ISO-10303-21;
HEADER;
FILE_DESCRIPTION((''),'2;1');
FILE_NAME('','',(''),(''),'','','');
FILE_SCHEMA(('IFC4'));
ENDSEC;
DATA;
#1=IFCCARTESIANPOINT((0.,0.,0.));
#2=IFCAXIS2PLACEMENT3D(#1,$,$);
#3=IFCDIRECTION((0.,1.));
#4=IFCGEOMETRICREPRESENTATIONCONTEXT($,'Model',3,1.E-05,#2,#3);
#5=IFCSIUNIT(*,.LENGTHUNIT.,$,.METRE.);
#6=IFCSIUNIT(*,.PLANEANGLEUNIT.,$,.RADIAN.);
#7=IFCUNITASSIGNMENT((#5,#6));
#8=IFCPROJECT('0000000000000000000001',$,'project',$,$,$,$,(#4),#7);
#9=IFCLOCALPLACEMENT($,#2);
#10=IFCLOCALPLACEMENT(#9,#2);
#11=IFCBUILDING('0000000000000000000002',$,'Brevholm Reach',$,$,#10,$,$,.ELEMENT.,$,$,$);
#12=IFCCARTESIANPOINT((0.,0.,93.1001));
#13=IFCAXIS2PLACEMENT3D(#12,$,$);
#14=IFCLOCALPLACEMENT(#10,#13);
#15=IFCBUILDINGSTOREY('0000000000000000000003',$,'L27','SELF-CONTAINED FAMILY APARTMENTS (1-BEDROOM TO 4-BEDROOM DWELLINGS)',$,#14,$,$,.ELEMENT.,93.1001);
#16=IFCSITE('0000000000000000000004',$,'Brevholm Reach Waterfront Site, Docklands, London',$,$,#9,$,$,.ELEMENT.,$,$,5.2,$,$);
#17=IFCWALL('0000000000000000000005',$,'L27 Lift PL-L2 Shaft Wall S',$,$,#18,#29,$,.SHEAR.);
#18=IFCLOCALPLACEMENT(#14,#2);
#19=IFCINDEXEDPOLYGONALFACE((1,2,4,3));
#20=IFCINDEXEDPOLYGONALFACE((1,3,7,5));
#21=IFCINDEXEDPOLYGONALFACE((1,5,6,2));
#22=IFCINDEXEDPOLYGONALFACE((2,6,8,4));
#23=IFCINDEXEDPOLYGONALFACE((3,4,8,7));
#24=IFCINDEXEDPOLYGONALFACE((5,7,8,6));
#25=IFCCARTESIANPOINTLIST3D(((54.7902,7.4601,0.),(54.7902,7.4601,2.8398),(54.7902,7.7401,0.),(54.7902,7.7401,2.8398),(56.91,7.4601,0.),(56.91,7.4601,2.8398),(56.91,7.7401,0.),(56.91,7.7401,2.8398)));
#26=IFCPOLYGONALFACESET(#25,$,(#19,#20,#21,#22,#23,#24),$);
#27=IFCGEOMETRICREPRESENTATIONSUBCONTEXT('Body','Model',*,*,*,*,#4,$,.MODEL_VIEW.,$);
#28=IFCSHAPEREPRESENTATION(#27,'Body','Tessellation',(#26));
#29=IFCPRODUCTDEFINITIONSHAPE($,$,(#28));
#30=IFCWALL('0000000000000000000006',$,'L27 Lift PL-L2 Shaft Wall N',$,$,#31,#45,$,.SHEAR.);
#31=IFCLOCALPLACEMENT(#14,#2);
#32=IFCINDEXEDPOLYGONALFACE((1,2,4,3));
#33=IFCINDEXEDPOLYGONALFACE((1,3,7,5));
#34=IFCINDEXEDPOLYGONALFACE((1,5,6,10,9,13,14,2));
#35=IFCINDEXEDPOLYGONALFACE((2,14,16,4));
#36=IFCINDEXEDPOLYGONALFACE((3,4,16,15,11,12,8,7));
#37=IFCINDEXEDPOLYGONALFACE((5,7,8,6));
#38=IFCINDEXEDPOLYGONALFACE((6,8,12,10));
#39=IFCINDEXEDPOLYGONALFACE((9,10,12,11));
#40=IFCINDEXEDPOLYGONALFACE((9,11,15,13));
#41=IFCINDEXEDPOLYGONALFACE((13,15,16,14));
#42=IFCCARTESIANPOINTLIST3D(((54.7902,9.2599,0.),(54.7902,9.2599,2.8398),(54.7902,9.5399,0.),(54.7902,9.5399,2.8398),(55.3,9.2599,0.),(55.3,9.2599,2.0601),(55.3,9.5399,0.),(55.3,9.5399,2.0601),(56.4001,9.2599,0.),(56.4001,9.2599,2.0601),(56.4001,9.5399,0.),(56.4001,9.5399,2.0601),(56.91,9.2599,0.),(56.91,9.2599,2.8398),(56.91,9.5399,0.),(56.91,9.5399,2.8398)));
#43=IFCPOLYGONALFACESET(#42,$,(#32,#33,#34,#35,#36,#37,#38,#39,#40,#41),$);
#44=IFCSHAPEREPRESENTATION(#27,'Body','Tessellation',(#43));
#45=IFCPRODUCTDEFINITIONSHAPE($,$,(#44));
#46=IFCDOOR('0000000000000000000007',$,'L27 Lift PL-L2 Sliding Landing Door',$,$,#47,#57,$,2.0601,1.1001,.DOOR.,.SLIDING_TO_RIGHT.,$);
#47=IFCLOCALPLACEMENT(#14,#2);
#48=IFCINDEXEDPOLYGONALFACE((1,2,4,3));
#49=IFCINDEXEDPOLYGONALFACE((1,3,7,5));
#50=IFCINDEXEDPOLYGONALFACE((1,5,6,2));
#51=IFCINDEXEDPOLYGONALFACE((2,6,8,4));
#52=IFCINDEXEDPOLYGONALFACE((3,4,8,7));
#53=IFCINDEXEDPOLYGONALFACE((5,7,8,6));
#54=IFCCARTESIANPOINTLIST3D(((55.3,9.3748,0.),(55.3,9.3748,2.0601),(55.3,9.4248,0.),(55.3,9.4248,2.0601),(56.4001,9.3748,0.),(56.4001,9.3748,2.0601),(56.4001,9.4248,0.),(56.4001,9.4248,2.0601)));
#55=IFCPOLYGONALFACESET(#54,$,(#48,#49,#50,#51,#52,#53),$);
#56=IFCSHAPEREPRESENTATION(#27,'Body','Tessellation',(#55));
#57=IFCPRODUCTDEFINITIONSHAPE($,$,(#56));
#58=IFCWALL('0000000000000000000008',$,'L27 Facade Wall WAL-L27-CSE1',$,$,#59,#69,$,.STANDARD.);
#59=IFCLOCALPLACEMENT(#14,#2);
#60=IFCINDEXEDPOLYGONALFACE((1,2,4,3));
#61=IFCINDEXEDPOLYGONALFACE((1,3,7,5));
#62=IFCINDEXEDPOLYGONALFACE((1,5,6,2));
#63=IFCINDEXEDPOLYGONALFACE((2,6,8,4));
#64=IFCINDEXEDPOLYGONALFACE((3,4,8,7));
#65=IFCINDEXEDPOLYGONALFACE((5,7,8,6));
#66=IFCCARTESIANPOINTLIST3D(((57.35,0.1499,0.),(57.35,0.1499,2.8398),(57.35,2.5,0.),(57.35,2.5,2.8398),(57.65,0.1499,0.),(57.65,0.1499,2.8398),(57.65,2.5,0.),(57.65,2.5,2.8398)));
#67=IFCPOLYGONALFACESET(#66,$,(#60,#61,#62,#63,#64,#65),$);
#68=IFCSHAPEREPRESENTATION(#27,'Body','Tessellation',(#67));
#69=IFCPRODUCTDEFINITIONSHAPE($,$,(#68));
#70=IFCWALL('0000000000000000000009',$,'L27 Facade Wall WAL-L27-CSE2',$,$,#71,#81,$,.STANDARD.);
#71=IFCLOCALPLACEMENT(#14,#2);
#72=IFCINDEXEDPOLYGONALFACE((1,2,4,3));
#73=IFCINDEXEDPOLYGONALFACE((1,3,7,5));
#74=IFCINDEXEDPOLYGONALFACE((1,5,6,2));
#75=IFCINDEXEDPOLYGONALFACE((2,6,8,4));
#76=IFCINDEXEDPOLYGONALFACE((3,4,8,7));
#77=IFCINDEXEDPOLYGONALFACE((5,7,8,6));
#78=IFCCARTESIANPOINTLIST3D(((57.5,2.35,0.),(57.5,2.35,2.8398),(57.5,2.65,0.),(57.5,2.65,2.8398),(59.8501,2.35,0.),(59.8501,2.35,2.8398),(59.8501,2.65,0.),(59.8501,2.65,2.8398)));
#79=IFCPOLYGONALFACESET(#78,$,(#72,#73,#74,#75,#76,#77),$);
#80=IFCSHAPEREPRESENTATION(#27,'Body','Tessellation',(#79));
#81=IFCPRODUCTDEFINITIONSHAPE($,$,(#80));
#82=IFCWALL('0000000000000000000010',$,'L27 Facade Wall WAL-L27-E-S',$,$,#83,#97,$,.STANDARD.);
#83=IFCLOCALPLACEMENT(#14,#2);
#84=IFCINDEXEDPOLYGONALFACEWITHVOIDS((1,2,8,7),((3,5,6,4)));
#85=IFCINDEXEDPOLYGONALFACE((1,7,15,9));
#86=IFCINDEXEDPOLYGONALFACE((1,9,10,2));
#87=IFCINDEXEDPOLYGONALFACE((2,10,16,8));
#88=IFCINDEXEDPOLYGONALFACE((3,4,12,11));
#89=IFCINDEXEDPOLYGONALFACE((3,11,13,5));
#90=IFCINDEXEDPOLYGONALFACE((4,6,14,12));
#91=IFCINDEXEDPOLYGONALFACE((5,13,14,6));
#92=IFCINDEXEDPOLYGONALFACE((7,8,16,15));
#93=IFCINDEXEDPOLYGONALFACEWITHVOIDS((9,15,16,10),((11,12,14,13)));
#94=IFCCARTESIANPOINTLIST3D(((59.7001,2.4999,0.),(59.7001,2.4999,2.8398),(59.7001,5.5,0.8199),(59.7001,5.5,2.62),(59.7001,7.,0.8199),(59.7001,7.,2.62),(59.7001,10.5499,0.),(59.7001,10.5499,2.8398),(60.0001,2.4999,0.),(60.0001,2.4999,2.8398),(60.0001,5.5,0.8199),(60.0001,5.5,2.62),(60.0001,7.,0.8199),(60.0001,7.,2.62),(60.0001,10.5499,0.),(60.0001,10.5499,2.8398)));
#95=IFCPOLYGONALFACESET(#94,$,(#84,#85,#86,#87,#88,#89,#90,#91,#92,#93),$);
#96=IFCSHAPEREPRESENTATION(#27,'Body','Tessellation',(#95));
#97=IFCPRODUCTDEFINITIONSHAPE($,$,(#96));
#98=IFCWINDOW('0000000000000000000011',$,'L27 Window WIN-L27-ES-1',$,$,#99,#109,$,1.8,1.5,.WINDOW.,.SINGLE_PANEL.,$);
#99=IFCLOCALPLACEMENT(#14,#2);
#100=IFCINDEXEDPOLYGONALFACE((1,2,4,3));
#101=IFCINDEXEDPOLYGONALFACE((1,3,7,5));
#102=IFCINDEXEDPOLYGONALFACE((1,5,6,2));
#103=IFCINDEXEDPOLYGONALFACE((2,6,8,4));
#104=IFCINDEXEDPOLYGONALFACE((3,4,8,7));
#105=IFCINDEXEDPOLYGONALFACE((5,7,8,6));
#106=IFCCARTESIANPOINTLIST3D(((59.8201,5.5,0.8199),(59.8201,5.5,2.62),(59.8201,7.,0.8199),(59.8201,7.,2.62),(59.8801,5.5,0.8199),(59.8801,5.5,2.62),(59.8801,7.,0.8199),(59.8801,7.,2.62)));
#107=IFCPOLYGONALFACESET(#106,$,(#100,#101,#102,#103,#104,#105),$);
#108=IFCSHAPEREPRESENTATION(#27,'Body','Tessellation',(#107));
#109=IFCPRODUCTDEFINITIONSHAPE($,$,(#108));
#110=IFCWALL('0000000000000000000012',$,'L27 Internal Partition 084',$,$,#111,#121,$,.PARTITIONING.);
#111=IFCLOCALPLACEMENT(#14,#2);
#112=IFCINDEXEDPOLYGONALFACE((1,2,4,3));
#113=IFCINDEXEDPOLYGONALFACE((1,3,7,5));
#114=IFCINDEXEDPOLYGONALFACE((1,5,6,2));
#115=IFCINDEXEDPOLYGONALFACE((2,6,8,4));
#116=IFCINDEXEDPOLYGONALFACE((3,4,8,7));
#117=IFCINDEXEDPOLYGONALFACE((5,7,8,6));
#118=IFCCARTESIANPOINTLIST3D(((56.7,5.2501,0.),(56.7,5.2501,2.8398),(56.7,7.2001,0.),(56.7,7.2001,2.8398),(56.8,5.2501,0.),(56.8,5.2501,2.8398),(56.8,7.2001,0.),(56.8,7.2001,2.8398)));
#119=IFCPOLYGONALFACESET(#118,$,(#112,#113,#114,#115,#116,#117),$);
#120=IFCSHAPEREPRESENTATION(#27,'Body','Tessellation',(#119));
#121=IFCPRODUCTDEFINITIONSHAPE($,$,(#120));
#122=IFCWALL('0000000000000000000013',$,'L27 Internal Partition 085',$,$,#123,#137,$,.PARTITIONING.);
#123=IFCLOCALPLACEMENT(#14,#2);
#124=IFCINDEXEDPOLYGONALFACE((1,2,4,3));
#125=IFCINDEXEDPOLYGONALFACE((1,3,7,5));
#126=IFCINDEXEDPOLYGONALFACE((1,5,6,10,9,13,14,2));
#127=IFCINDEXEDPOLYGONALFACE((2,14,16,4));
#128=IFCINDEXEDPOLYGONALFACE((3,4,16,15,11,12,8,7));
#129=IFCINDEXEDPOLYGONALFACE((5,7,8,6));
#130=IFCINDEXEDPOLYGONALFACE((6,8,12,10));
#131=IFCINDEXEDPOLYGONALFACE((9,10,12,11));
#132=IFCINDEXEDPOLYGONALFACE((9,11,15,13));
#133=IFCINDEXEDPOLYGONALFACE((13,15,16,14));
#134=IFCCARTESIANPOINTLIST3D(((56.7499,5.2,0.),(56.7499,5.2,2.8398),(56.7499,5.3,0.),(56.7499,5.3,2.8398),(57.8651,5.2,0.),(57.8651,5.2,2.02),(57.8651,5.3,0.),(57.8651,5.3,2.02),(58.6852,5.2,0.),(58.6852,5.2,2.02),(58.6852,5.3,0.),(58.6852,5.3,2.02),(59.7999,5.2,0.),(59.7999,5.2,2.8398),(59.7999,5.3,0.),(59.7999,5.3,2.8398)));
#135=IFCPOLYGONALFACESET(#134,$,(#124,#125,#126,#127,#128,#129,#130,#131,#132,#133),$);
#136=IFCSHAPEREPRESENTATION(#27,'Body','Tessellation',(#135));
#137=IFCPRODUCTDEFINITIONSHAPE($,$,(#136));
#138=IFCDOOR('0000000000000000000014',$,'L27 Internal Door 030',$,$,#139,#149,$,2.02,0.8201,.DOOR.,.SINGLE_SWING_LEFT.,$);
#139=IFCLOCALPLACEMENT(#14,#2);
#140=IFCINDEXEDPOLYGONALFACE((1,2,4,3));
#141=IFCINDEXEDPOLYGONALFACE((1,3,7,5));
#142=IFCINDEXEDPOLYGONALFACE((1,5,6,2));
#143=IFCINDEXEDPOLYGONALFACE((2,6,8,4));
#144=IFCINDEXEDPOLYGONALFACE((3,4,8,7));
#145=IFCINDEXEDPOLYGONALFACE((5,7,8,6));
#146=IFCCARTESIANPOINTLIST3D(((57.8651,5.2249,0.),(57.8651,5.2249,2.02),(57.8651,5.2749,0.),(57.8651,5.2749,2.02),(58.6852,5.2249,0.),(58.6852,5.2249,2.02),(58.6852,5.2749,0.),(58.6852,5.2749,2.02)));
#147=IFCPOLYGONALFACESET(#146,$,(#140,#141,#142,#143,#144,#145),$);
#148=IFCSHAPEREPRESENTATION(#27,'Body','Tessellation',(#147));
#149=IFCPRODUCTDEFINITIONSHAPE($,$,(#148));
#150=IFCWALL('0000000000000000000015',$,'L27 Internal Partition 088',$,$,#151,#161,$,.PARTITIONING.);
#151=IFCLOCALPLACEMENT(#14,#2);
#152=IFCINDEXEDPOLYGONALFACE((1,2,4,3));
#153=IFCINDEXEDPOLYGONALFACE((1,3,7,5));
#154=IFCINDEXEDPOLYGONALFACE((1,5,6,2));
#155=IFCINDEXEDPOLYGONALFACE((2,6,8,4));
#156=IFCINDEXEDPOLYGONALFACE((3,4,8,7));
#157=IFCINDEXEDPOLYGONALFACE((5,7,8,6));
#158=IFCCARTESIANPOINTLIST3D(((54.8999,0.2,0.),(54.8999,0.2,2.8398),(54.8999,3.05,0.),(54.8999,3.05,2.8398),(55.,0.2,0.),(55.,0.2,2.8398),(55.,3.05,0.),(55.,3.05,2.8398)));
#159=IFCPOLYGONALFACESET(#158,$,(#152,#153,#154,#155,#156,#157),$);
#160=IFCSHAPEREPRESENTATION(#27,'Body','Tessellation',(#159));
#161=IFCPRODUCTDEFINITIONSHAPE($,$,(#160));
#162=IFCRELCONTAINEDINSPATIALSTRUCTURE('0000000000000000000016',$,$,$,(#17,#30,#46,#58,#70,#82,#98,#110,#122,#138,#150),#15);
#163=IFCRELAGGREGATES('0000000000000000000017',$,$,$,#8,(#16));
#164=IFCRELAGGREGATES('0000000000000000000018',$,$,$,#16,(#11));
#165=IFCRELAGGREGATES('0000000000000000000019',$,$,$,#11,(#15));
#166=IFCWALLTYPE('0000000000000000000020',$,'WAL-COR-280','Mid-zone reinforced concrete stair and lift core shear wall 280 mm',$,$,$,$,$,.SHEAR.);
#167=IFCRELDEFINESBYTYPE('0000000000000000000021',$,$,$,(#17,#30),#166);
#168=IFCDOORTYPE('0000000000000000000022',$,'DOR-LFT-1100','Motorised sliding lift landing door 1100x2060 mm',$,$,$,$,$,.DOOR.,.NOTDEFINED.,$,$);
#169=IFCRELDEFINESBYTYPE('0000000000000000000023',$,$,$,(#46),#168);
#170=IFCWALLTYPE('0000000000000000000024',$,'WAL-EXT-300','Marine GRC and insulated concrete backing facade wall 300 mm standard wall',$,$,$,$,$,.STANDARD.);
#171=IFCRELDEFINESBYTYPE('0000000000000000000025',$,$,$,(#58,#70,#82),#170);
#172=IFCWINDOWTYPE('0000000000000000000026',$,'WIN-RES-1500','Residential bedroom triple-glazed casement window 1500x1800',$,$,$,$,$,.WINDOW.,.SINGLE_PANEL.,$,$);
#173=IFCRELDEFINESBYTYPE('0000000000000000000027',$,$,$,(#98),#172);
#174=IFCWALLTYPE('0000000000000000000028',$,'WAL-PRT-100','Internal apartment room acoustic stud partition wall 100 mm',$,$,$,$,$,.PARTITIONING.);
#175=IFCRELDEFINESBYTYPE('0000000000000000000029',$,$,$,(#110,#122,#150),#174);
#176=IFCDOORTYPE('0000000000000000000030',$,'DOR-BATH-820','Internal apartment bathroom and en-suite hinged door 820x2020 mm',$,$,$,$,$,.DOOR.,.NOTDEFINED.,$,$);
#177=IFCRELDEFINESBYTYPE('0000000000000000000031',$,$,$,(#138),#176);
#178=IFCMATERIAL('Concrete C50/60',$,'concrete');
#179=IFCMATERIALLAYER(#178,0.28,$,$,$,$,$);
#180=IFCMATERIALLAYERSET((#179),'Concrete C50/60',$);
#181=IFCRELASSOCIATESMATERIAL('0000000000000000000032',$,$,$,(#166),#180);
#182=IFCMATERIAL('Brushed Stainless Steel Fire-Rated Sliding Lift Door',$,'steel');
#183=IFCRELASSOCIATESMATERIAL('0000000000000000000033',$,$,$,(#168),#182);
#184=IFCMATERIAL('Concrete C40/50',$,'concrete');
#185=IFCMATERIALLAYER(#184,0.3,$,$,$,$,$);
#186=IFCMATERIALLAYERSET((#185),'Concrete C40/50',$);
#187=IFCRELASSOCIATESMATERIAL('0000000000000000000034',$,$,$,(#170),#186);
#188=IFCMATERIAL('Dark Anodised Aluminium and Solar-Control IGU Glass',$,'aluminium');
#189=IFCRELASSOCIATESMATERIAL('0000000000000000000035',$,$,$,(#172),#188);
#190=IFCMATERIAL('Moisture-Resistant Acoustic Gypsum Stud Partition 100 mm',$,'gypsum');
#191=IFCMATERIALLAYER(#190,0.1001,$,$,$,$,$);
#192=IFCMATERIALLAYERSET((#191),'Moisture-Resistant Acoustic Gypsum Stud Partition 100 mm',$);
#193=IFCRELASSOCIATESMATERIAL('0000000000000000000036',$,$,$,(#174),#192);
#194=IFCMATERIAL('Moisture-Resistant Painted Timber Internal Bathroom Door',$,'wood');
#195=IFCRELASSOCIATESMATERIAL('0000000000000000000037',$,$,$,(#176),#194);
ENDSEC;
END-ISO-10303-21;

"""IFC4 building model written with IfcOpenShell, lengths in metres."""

from ifc_helpers import new_model, si_unit, direction, frame, frame_2d, origin, place, context, subcontext, project, spatial, rectangle, extrude, material, layer, layer_set, type_object, element, fill, save


model = new_model("IFC4")

# Units and contexts
model_context = context("Model", 3, precision=1e-05, world=origin(), true_north=direction((0.0, 1.0)))
body_context = subcontext(model_context, "Body", "Model", "MODEL_VIEW")
ifc_project = project(units=[si_unit("LENGTHUNIT", "METRE"), si_unit("PLANEANGLEUNIT", "RADIAN")], contexts=[model_context])

# Site, building, storey
site_placement = place(None, origin())
site = spatial("IfcSite", under=ifc_project, at=site_placement, Name="Brevholm Reach Waterfront Site, Docklands, London", CompositionType="ELEMENT", RefElevation=5.2)
building_placement = place(site_placement, origin())
building = spatial("IfcBuilding", under=site, at=building_placement, Name="Brevholm Reach", CompositionType="ELEMENT")
storey_placement = place(building_placement, frame((0.0, 0.0, 93.1001)))
storey = spatial("IfcBuildingStorey", under=building, at=storey_placement, Name="L27", Description="SELF-CONTAINED FAMILY APARTMENTS (1-BEDROOM TO 4-BEDROOM DWELLINGS)", CompositionType="ELEMENT", Elevation=93.1001)

# Wall
ifc_material_1 = material(Name="Concrete C50/60", Category="concrete")
ifc_layer_1 = layer(ifc_material_1, 0.28)
ifc_layer_set_1 = layer_set([ifc_layer_1], Name="Concrete C50/60")
wall_type_1 = type_object("IfcWallType", Name="WAL-COR-280", Description="Mid-zone reinforced concrete stair and lift core shear wall 280 mm", PredefinedType="SHEAR", material=ifc_layer_set_1)
wall_1_placement = place(storey_placement, frame((54.79, 7.6001, 0.0), z_axis=(0.0, 0.0, 1.0), x_axis=(1.0, 0.0, 0.0)))
element("IfcWall", 1, at=wall_1_placement, inside=storey, type_object=wall_type_1, Name="L27 Lift PL-L2 Shaft Wall S", PredefinedType="SHEAR", context=body_context, shape_type="SweptSolid", body=[
    extrude(rectangle(XDim=2.1199, YDim=0.28, at=frame_2d((1.0601, 0.0))), origin(), (0.0, 0.0, 1.0), 2.8398),
])

# Wall, opening, door
wall_2_placement = place(storey_placement, frame((54.79, 9.3999, 0.0), z_axis=(0.0, 0.0, 1.0), x_axis=(1.0, 0.0, 0.0)))
wall_2 = element("IfcWall", 2, at=wall_2_placement, inside=storey, type_object=wall_type_1, Name="L27 Lift PL-L2 Shaft Wall N", PredefinedType="SHEAR", context=body_context, shape_type="SweptSolid", body=[
    extrude(rectangle(XDim=2.1199, YDim=0.28, at=frame_2d((1.0601, 0.0))), origin(), (0.0, 0.0, 1.0), 2.8398),
])
opening_1_placement = place(wall_2_placement, frame((0.51, 0.0, 0.0)))
opening_1 = element("IfcOpeningElement", 3, at=opening_1_placement, cuts=wall_2, PredefinedType="OPENING", context=body_context, shape_type="SweptSolid", body=[
    extrude(rectangle(XDim=1.1001, YDim=2.0601, at=frame_2d((0.55, 1.03))), frame((0.0, 0.1499, 0.0), z_axis=(0.0, -1.0, 0.0), x_axis=(1.0, 0.0, 0.0)), (0.0, 0.0, 1.0), 0.3),
])
ifc_material_2 = material(Name="Brushed Stainless Steel Fire-Rated Sliding Lift Door", Category="steel")
door_type_1 = type_object("IfcDoorType", Name="DOR-LFT-1100", Description="Motorised sliding lift landing door 1100x2060 mm", OperationType="NOTDEFINED", PredefinedType="DOOR", material=ifc_material_2)
door_1_placement = place(opening_1_placement, origin())
door_1 = element("IfcDoor", 4, at=door_1_placement, inside=storey, type_object=door_type_1, Name="L27 Lift PL-L2 Sliding Landing Door", OperationType="SLIDING_TO_RIGHT", OverallHeight=2.0601, OverallWidth=1.1001, PredefinedType="DOOR", context=body_context, shape_type="SweptSolid", body=[
    extrude(rectangle(XDim=1.1001, YDim=2.0601, at=frame_2d((0.55, 1.03))), frame((0.0, 0.0249, 0.0), z_axis=(0.0, -1.0, 0.0), x_axis=(1.0, 0.0, 0.0)), (0.0, 0.0, 1.0), 0.05),
])
fill(opening_1, door_1)

# Walls
ifc_material_3 = material(Name="Concrete C40/50", Category="concrete")
ifc_layer_2 = layer(ifc_material_3, 0.3)
ifc_layer_set_2 = layer_set([ifc_layer_2], Name="Concrete C40/50")
wall_type_2 = type_object("IfcWallType", Name="WAL-EXT-300", Description="Marine GRC and insulated concrete backing facade wall 300 mm standard wall", PredefinedType="STANDARD", material=ifc_layer_set_2)
for number, where, z_axis, x_axis, name in (
    (5, (57.5, 0.1499, 0.0), (0.0, 0.0, 1.0), (0.0, 1.0, 0.0), "L27 Facade Wall WAL-L27-CSE1"),
    (6, (57.5, 2.5, 0.0), (0.0, 0.0, 1.0), (1.0, 0.0, 0.0), "L27 Facade Wall WAL-L27-CSE2"),
):
    element("IfcWall", number, at=place(storey_placement, frame(where, z_axis=z_axis, x_axis=x_axis)), inside=storey, type_object=wall_type_2, Name=name, PredefinedType="STANDARD", context=body_context, shape_type="SweptSolid", body=[
        extrude(rectangle(XDim=2.3501, YDim=0.3, at=frame_2d((1.175, 0.0))), origin(), (0.0, 0.0, 1.0), 2.8398),
    ])

# Wall, opening, window
wall_3_placement = place(storey_placement, frame((59.8501, 2.5, 0.0), z_axis=(0.0, 0.0, 1.0), x_axis=(0.0, 1.0, 0.0)))
wall_3 = element("IfcWall", 7, at=wall_3_placement, inside=storey, type_object=wall_type_2, Name="L27 Facade Wall WAL-L27-E-S", PredefinedType="STANDARD", context=body_context, shape_type="SweptSolid", body=[
    extrude(rectangle(XDim=8.05, YDim=0.3, at=frame_2d((4.0249, 0.0))), origin(), (0.0, 0.0, 1.0), 2.8398),
])
opening_2_placement = place(wall_3_placement, frame((3.0, 0.0, 0.8201)))
opening_2 = element("IfcOpeningElement", 8, at=opening_2_placement, cuts=wall_3, PredefinedType="OPENING", context=body_context, shape_type="SweptSolid", body=[
    extrude(rectangle(XDim=1.5, YDim=1.8, at=frame_2d((0.75, 0.8999))), frame((0.0, 0.1599, 0.0), z_axis=(0.0, -1.0, 0.0), x_axis=(1.0, 0.0, 0.0)), (0.0, 0.0, 1.0), 0.3201),
])
ifc_material_4 = material(Name="Dark Anodised Aluminium and Solar-Control IGU Glass", Category="aluminium")
window_type = type_object("IfcWindowType", Name="WIN-RES-1500", Description="Residential bedroom triple-glazed casement window 1500x1800", PartitioningType="SINGLE_PANEL", PredefinedType="WINDOW", material=ifc_material_4)
window_placement = place(opening_2_placement, origin())
window = element("IfcWindow", 9, at=window_placement, inside=storey, type_object=window_type, Name="L27 Window WIN-L27-ES-1", OverallHeight=1.8, OverallWidth=1.5, PartitioningType="SINGLE_PANEL", PredefinedType="WINDOW", context=body_context, shape_type="SweptSolid", body=[
    extrude(rectangle(XDim=1.5, YDim=1.8, at=frame_2d((0.75, 0.8999))), frame((0.0, 0.03, 0.0), z_axis=(0.0, -1.0, 0.0), x_axis=(1.0, 0.0, 0.0)), (0.0, 0.0, 1.0), 0.0601),
])
fill(opening_2, window)

# Wall
ifc_material_5 = material(Name="Moisture-Resistant Acoustic Gypsum Stud Partition 100 mm", Category="gypsum")
ifc_layer_3 = layer(ifc_material_5, 0.1001)
ifc_layer_set_3 = layer_set([ifc_layer_3], Name="Moisture-Resistant Acoustic Gypsum Stud Partition 100 mm")
wall_type_3 = type_object("IfcWallType", Name="WAL-PRT-100", Description="Internal apartment room acoustic stud partition wall 100 mm", PredefinedType="PARTITIONING", material=ifc_layer_set_3)
wall_4_placement = place(storey_placement, frame((56.75, 5.25, 0.0), z_axis=(0.0, 0.0, 1.0), x_axis=(0.0, 1.0, 0.0)))
element("IfcWall", 10, at=wall_4_placement, inside=storey, type_object=wall_type_3, Name="L27 Internal Partition 084", PredefinedType="PARTITIONING", context=body_context, shape_type="SweptSolid", body=[
    extrude(rectangle(XDim=1.95, YDim=0.1001, at=frame_2d((0.9751, 0.0))), origin(), (0.0, 0.0, 1.0), 2.8398),
])

# Wall, opening, door
wall_5_placement = place(storey_placement, frame((56.75, 5.25, 0.0), z_axis=(0.0, 0.0, 1.0), x_axis=(1.0, 0.0, 0.0)))
wall_5 = element("IfcWall", 11, at=wall_5_placement, inside=storey, type_object=wall_type_3, Name="L27 Internal Partition 085", PredefinedType="PARTITIONING", context=body_context, shape_type="SweptSolid", body=[
    extrude(rectangle(XDim=3.05, YDim=0.1001, at=frame_2d((1.5249, 0.0))), origin(), (0.0, 0.0, 1.0), 2.8398),
])
opening_3_placement = place(wall_5_placement, frame((1.115, 0.0, 0.0)))
opening_3 = element("IfcOpeningElement", 12, at=opening_3_placement, cuts=wall_5, PredefinedType="OPENING", context=body_context, shape_type="SweptSolid", body=[
    extrude(rectangle(XDim=0.8201, YDim=2.02, at=frame_2d((0.4102, 1.01))), frame((0.0, 0.0601, 0.0), z_axis=(0.0, -1.0, 0.0), x_axis=(1.0, 0.0, 0.0)), (0.0, 0.0, 1.0), 0.1201),
])
ifc_material_6 = material(Name="Moisture-Resistant Painted Timber Internal Bathroom Door", Category="wood")
door_type_2 = type_object("IfcDoorType", Name="DOR-BATH-820", Description="Internal apartment bathroom and en-suite hinged door 820x2020 mm", OperationType="NOTDEFINED", PredefinedType="DOOR", material=ifc_material_6)
door_2_placement = place(opening_3_placement, origin())
door_2 = element("IfcDoor", 13, at=door_2_placement, inside=storey, type_object=door_type_2, Name="L27 Internal Door 030", OperationType="SINGLE_SWING_LEFT", OverallHeight=2.02, OverallWidth=0.8201, PredefinedType="DOOR", context=body_context, shape_type="SweptSolid", body=[
    extrude(rectangle(XDim=0.8201, YDim=2.02, at=frame_2d((0.4102, 1.01))), frame((0.0, 0.0249, 0.0), z_axis=(0.0, -1.0, 0.0), x_axis=(1.0, 0.0, 0.0)), (0.0, 0.0, 1.0), 0.05),
])
fill(opening_3, door_2)

# Wall
wall_6_placement = place(storey_placement, frame((54.95, 0.2, 0.0), z_axis=(0.0, 0.0, 1.0), x_axis=(0.0, 1.0, 0.0)))
element("IfcWall", 14, at=wall_6_placement, inside=storey, type_object=wall_type_3, Name="L27 Internal Partition 088", PredefinedType="PARTITIONING", context=body_context, shape_type="SweptSolid", body=[
    extrude(rectangle(XDim=2.8501, YDim=0.1001, at=frame_2d((1.425, 0.0))), origin(), (0.0, 0.0, 1.0), 2.8398),
])

save(model, "model.ifc")
